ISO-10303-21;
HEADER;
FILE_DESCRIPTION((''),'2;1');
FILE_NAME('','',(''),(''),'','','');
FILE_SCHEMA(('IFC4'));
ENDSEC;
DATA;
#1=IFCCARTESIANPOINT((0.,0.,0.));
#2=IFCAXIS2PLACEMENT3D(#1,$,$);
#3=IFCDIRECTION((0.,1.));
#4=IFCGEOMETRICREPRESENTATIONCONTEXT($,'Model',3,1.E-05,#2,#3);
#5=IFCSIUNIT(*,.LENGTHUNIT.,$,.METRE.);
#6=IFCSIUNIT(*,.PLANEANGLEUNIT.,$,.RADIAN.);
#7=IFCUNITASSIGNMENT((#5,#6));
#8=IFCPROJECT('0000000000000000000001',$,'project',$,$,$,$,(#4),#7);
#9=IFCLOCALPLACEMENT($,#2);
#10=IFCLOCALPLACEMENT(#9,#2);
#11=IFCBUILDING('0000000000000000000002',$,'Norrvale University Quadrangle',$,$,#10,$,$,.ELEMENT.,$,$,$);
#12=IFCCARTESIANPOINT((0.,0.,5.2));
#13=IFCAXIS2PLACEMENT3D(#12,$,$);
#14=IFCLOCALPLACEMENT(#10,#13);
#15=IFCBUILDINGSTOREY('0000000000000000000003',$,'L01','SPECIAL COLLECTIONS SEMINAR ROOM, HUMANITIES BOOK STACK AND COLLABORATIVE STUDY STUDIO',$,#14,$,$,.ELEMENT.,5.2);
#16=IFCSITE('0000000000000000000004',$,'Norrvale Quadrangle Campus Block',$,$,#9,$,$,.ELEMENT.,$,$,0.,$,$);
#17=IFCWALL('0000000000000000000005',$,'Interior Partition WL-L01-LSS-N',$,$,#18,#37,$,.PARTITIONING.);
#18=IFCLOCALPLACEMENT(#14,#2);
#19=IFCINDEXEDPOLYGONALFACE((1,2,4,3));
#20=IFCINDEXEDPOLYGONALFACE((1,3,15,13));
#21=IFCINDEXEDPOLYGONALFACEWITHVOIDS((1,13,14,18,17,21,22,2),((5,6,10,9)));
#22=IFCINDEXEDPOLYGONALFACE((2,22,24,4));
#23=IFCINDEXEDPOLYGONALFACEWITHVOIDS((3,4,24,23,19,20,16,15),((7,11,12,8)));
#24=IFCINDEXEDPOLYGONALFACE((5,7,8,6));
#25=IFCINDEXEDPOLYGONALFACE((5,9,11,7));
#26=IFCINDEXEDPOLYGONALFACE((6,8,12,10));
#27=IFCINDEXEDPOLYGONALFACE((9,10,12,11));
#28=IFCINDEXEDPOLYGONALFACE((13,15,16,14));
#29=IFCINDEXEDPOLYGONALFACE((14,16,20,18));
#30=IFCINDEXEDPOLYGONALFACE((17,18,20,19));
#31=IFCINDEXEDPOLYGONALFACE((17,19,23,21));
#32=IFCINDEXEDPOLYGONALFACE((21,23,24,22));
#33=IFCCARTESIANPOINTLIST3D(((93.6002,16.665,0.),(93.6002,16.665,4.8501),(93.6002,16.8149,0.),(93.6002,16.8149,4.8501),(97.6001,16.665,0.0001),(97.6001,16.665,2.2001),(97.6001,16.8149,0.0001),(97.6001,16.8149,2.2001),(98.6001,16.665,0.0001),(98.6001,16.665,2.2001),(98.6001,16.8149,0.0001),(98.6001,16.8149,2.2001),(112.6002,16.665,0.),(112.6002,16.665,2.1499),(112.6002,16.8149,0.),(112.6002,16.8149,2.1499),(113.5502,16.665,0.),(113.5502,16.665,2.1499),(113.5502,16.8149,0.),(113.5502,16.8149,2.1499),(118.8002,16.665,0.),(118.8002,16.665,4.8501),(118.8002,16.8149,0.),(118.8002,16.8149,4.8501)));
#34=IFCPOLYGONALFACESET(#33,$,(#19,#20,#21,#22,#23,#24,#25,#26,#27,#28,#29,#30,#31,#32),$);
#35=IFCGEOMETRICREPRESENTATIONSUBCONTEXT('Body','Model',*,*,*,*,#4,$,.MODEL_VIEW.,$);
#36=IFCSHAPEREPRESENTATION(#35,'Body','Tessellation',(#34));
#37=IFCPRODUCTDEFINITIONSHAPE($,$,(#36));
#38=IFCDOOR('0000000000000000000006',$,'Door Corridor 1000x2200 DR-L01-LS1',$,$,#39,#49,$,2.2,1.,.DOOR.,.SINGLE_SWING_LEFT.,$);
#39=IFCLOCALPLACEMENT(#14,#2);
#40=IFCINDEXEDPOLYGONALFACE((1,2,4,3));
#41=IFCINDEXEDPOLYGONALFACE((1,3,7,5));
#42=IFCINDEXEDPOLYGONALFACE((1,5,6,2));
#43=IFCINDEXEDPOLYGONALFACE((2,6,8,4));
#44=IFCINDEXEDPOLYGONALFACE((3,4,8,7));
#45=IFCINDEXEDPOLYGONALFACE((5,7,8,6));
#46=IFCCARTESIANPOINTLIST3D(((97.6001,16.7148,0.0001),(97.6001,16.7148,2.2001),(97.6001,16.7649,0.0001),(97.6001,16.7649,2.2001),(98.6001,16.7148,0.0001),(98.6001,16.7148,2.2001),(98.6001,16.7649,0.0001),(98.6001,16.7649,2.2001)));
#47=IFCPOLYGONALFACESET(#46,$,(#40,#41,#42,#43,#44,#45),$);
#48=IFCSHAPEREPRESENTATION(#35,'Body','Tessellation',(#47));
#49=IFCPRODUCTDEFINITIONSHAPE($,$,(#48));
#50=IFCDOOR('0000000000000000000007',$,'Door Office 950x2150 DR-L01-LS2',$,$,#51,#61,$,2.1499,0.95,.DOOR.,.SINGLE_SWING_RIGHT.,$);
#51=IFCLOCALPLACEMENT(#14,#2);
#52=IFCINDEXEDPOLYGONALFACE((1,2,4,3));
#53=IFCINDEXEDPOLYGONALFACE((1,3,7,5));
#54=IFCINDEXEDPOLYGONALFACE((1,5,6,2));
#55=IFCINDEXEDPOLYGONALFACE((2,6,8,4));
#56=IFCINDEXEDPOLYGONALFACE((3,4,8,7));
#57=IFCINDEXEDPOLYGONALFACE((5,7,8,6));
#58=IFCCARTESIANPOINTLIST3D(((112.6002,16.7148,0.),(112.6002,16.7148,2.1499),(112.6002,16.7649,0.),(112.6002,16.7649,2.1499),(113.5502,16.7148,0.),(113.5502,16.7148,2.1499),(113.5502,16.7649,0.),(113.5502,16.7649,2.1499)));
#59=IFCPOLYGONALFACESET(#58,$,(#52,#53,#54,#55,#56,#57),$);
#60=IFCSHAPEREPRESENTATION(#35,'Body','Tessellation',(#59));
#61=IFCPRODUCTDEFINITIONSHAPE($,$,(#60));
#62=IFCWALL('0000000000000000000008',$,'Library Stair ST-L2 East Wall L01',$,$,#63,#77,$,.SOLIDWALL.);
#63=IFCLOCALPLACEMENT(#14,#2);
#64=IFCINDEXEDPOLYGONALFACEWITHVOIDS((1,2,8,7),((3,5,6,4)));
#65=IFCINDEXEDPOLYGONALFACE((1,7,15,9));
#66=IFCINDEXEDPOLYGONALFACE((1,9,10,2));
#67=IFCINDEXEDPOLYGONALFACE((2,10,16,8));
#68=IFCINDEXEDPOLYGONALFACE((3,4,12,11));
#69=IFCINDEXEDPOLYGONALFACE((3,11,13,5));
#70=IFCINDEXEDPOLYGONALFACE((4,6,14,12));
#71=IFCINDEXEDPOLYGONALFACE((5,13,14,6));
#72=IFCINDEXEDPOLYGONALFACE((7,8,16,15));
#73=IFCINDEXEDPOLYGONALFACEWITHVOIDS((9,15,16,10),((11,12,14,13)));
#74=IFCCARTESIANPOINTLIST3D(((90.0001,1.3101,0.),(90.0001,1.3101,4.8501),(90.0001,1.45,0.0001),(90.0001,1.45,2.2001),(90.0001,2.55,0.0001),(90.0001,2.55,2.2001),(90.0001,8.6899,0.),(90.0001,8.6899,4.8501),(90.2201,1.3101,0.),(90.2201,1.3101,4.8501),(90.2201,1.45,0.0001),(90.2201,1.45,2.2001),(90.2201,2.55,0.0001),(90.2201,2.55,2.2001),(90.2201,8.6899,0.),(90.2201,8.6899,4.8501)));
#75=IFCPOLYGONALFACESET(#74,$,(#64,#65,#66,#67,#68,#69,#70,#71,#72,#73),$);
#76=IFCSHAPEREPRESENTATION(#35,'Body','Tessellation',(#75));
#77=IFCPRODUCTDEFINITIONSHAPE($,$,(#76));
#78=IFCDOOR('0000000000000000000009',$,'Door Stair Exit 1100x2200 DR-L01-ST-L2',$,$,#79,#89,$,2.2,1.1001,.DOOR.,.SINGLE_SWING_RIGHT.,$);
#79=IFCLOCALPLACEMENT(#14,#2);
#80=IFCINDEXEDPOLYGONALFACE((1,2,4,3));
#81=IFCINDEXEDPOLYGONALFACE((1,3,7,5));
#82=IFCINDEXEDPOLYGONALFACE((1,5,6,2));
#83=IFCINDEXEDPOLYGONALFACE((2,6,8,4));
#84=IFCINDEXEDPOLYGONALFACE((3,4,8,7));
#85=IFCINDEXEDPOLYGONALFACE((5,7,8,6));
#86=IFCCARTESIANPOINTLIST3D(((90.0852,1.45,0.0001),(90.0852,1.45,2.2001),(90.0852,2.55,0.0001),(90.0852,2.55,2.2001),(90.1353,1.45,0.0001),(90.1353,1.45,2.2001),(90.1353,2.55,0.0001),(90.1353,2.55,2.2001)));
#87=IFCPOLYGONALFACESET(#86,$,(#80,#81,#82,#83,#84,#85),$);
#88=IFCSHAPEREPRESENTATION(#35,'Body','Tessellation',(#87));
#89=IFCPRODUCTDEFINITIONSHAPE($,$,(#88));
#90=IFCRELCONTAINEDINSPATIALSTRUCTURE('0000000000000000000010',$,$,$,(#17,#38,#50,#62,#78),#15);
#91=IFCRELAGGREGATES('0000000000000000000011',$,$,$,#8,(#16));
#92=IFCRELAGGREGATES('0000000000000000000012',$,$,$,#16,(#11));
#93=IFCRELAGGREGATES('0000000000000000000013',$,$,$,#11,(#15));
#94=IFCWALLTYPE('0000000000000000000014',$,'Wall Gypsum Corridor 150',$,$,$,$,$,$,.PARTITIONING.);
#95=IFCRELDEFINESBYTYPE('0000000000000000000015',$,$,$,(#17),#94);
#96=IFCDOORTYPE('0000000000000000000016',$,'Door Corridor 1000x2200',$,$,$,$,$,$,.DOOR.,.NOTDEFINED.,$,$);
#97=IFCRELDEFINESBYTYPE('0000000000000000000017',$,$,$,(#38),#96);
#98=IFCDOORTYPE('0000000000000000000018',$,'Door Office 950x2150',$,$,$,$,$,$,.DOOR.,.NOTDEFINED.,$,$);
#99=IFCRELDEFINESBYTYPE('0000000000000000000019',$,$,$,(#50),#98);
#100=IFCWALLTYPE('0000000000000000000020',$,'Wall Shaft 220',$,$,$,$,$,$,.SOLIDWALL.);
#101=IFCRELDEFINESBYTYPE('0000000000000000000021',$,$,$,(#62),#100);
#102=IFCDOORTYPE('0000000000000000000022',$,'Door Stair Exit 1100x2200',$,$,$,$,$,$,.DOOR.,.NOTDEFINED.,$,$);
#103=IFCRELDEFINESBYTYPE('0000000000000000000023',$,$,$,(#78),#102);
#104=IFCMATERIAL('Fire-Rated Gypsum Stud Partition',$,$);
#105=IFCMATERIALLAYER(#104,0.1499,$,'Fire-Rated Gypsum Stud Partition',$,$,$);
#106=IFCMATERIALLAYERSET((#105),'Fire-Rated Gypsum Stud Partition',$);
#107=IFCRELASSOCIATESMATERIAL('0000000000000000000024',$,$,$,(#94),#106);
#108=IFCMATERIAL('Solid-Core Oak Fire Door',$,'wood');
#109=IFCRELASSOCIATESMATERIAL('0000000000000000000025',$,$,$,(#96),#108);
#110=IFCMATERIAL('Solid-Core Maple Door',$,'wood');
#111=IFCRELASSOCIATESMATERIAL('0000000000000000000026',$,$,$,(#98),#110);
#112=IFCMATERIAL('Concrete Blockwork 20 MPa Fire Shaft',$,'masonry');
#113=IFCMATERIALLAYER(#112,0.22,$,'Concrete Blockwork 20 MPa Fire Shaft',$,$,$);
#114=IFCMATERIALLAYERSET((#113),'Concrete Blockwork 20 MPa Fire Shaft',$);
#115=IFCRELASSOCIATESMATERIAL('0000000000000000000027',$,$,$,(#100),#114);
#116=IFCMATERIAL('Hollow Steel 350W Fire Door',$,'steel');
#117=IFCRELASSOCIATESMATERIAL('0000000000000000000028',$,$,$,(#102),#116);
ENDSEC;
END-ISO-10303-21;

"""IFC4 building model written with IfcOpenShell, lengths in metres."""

from ifc_helpers import new_model, si_unit, direction, frame, frame_2d, origin, place, context, subcontext, project, spatial, rectangle, extrude, material, layer, layer_set, type_object, element, fill, save


model = new_model("IFC4")

# Units and contexts
model_context = context("Model", 3, precision=1e-05, world=origin(), true_north=direction((0.0, 1.0)))
body_context = subcontext(model_context, "Body", "Model", "MODEL_VIEW")
ifc_project = project(units=[si_unit("LENGTHUNIT", "METRE"), si_unit("PLANEANGLEUNIT", "RADIAN")], contexts=[model_context])

# Site, building, storey
site_placement = place(None, origin())
site = spatial("IfcSite", under=ifc_project, at=site_placement, Name="Norrvale Quadrangle Campus Block", CompositionType="ELEMENT", RefElevation=0.0)
building_placement = place(site_placement, origin())
building = spatial("IfcBuilding", under=site, at=building_placement, Name="Norrvale University Quadrangle", CompositionType="ELEMENT")
storey_placement = place(building_placement, frame((0.0, 0.0, 5.2)))
storey = spatial("IfcBuildingStorey", under=building, at=storey_placement, Name="L01", Description="SPECIAL COLLECTIONS SEMINAR ROOM, HUMANITIES BOOK STACK AND COLLABORATIVE STUDY STUDIO", CompositionType="ELEMENT", Elevation=5.2)

# Shared definitions
ifc_material_1 = material(Name="Fire-Rated Gypsum Stud Partition")
ifc_layer_1 = layer(ifc_material_1, 0.1499, Name="Fire-Rated Gypsum Stud Partition")
ifc_layer_set_1 = layer_set([ifc_layer_1], Name="Fire-Rated Gypsum Stud Partition")
wall_type_1 = type_object("IfcWallType", Name="Wall Gypsum Corridor 150", PredefinedType="PARTITIONING", material=ifc_layer_set_1)
ifc_material_2 = material(Name="Solid-Core Oak Fire Door", Category="wood")
door_type_1 = type_object("IfcDoorType", Name="Door Corridor 1000x2200", OperationType="NOTDEFINED", PredefinedType="DOOR", material=ifc_material_2)

# Wall, openings, doors
wall_1_placement = place(storey_placement, frame((93.6001, 16.74, 0.0), z_axis=(0.0, 0.0, 1.0), x_axis=(1.0, 0.0, 0.0)))
wall_1 = element("IfcWall", 1, at=wall_1_placement, inside=storey, type_object=wall_type_1, Name="Interior Partition WL-L01-LSS-N", PredefinedType="PARTITIONING", context=body_context, shape_type="SweptSolid", body=[
    extrude(rectangle(XDim=25.2, YDim=0.1499, at=frame_2d((12.6001, 0.0))), origin(), (0.0, 0.0, 1.0), 4.8501),
])
opening_1_placement = place(wall_1_placement, frame((4.0, 0.0, 0.0)))
opening_1 = element("IfcOpeningElement", 2, at=opening_1_placement, cuts=wall_1, PredefinedType="OPENING", context=body_context, shape_type="SweptSolid", body=[
    extrude(rectangle(XDim=1.0, YDim=2.2, at=frame_2d((0.5, 1.1001))), frame((0.0, 0.0869, 0.0), z_axis=(0.0, -1.0, 0.0), x_axis=(1.0, 0.0, 0.0)), (0.0, 0.0, 1.0), 0.1738),
])
opening_2_placement = place(wall_1_placement, frame((19.0, 0.0, 0.0)))
opening_2 = element("IfcOpeningElement", 3, at=opening_2_placement, cuts=wall_1, PredefinedType="OPENING", context=body_context, shape_type="SweptSolid", body=[
    extrude(rectangle(XDim=0.95, YDim=2.1499, at=frame_2d((0.4751, 1.075))), frame((0.0, 0.0869, 0.0), z_axis=(0.0, -1.0, 0.0), x_axis=(1.0, 0.0, 0.0)), (0.0, 0.0, 1.0), 0.1738),
])
door_1_placement = place(opening_1_placement, origin())
door_1 = element("IfcDoor", 4, at=door_1_placement, inside=storey, type_object=door_type_1, Name="Door Corridor 1000x2200 DR-L01-LS1", OperationType="SINGLE_SWING_LEFT", OverallHeight=2.2, OverallWidth=1.0, PredefinedType="DOOR", context=body_context, shape_type="SweptSolid", body=[
    extrude(rectangle(XDim=1.0, YDim=2.2, at=frame_2d((0.5, 1.1001))), frame((0.0, 0.0249, 0.0), z_axis=(0.0, -1.0, 0.0), x_axis=(1.0, 0.0, 0.0)), (0.0, 0.0, 1.0), 0.05),
])
fill(opening_1, door_1)
ifc_material_3 = material(Name="Solid-Core Maple Door", Category="wood")
door_type_2 = type_object("IfcDoorType", Name="Door Office 950x2150", OperationType="NOTDEFINED", PredefinedType="DOOR", material=ifc_material_3)
door_2_placement = place(opening_2_placement, origin())
door_2 = element("IfcDoor", 5, at=door_2_placement, inside=storey, type_object=door_type_2, Name="Door Office 950x2150 DR-L01-LS2", OperationType="SINGLE_SWING_RIGHT", OverallHeight=2.1499, OverallWidth=0.95, PredefinedType="DOOR", context=body_context, shape_type="SweptSolid", body=[
    extrude(rectangle(XDim=0.95, YDim=2.1499, at=frame_2d((0.4751, 1.075))), frame((0.0, 0.0249, 0.0), z_axis=(0.0, -1.0, 0.0), x_axis=(1.0, 0.0, 0.0)), (0.0, 0.0, 1.0), 0.05),
])
fill(opening_2, door_2)

# Wall, opening, door
ifc_material_4 = material(Name="Concrete Blockwork 20 MPa Fire Shaft", Category="masonry")
ifc_layer_2 = layer(ifc_material_4, 0.22, Name="Concrete Blockwork 20 MPa Fire Shaft")
ifc_layer_set_2 = layer_set([ifc_layer_2], Name="Concrete Blockwork 20 MPa Fire Shaft")
wall_type_2 = type_object("IfcWallType", Name="Wall Shaft 220", PredefinedType="SOLIDWALL", material=ifc_layer_set_2)
wall_2_placement = place(storey_placement, frame((90.1101, 1.3101, 0.0), z_axis=(0.0, 0.0, 1.0), x_axis=(0.0, 1.0, 0.0)))
wall_2 = element("IfcWall", 6, at=wall_2_placement, inside=storey, type_object=wall_type_2, Name="Library Stair ST-L2 East Wall L01", PredefinedType="SOLIDWALL", context=body_context, shape_type="SweptSolid", body=[
    extrude(rectangle(XDim=7.3799, YDim=0.22, at=frame_2d((3.6899, 0.0))), origin(), (0.0, 0.0, 1.0), 4.8501),
])
opening_3_placement = place(wall_2_placement, frame((0.1399, 0.0, 0.0)))
opening_3 = element("IfcOpeningElement", 7, at=opening_3_placement, cuts=wall_2, PredefinedType="OPENING", context=body_context, shape_type="SweptSolid", body=[
    extrude(rectangle(XDim=1.1001, YDim=2.2, at=frame_2d((0.55, 1.1001))), frame((0.0, 0.1221, 0.0), z_axis=(0.0, -1.0, 0.0), x_axis=(1.0, 0.0, 0.0)), (0.0, 0.0, 1.0), 0.2439),
])
ifc_material_5 = material(Name="Hollow Steel 350W Fire Door", Category="steel")
door_type_3 = type_object("IfcDoorType", Name="Door Stair Exit 1100x2200", OperationType="NOTDEFINED", PredefinedType="DOOR", material=ifc_material_5)
door_3_placement = place(opening_3_placement, origin())
door_3 = element("IfcDoor", 8, at=door_3_placement, inside=storey, type_object=door_type_3, Name="Door Stair Exit 1100x2200 DR-L01-ST-L2", OperationType="SINGLE_SWING_RIGHT", OverallHeight=2.2, OverallWidth=1.1001, PredefinedType="DOOR", context=body_context, shape_type="SweptSolid", body=[
    extrude(rectangle(XDim=1.1001, YDim=2.2, at=frame_2d((0.55, 1.1001))), frame((0.0, 0.0249, 0.0), z_axis=(0.0, -1.0, 0.0), x_axis=(1.0, 0.0, 0.0)), (0.0, 0.0, 1.0), 0.05),
])
fill(opening_3, door_3)

save(model, "model.ifc")
